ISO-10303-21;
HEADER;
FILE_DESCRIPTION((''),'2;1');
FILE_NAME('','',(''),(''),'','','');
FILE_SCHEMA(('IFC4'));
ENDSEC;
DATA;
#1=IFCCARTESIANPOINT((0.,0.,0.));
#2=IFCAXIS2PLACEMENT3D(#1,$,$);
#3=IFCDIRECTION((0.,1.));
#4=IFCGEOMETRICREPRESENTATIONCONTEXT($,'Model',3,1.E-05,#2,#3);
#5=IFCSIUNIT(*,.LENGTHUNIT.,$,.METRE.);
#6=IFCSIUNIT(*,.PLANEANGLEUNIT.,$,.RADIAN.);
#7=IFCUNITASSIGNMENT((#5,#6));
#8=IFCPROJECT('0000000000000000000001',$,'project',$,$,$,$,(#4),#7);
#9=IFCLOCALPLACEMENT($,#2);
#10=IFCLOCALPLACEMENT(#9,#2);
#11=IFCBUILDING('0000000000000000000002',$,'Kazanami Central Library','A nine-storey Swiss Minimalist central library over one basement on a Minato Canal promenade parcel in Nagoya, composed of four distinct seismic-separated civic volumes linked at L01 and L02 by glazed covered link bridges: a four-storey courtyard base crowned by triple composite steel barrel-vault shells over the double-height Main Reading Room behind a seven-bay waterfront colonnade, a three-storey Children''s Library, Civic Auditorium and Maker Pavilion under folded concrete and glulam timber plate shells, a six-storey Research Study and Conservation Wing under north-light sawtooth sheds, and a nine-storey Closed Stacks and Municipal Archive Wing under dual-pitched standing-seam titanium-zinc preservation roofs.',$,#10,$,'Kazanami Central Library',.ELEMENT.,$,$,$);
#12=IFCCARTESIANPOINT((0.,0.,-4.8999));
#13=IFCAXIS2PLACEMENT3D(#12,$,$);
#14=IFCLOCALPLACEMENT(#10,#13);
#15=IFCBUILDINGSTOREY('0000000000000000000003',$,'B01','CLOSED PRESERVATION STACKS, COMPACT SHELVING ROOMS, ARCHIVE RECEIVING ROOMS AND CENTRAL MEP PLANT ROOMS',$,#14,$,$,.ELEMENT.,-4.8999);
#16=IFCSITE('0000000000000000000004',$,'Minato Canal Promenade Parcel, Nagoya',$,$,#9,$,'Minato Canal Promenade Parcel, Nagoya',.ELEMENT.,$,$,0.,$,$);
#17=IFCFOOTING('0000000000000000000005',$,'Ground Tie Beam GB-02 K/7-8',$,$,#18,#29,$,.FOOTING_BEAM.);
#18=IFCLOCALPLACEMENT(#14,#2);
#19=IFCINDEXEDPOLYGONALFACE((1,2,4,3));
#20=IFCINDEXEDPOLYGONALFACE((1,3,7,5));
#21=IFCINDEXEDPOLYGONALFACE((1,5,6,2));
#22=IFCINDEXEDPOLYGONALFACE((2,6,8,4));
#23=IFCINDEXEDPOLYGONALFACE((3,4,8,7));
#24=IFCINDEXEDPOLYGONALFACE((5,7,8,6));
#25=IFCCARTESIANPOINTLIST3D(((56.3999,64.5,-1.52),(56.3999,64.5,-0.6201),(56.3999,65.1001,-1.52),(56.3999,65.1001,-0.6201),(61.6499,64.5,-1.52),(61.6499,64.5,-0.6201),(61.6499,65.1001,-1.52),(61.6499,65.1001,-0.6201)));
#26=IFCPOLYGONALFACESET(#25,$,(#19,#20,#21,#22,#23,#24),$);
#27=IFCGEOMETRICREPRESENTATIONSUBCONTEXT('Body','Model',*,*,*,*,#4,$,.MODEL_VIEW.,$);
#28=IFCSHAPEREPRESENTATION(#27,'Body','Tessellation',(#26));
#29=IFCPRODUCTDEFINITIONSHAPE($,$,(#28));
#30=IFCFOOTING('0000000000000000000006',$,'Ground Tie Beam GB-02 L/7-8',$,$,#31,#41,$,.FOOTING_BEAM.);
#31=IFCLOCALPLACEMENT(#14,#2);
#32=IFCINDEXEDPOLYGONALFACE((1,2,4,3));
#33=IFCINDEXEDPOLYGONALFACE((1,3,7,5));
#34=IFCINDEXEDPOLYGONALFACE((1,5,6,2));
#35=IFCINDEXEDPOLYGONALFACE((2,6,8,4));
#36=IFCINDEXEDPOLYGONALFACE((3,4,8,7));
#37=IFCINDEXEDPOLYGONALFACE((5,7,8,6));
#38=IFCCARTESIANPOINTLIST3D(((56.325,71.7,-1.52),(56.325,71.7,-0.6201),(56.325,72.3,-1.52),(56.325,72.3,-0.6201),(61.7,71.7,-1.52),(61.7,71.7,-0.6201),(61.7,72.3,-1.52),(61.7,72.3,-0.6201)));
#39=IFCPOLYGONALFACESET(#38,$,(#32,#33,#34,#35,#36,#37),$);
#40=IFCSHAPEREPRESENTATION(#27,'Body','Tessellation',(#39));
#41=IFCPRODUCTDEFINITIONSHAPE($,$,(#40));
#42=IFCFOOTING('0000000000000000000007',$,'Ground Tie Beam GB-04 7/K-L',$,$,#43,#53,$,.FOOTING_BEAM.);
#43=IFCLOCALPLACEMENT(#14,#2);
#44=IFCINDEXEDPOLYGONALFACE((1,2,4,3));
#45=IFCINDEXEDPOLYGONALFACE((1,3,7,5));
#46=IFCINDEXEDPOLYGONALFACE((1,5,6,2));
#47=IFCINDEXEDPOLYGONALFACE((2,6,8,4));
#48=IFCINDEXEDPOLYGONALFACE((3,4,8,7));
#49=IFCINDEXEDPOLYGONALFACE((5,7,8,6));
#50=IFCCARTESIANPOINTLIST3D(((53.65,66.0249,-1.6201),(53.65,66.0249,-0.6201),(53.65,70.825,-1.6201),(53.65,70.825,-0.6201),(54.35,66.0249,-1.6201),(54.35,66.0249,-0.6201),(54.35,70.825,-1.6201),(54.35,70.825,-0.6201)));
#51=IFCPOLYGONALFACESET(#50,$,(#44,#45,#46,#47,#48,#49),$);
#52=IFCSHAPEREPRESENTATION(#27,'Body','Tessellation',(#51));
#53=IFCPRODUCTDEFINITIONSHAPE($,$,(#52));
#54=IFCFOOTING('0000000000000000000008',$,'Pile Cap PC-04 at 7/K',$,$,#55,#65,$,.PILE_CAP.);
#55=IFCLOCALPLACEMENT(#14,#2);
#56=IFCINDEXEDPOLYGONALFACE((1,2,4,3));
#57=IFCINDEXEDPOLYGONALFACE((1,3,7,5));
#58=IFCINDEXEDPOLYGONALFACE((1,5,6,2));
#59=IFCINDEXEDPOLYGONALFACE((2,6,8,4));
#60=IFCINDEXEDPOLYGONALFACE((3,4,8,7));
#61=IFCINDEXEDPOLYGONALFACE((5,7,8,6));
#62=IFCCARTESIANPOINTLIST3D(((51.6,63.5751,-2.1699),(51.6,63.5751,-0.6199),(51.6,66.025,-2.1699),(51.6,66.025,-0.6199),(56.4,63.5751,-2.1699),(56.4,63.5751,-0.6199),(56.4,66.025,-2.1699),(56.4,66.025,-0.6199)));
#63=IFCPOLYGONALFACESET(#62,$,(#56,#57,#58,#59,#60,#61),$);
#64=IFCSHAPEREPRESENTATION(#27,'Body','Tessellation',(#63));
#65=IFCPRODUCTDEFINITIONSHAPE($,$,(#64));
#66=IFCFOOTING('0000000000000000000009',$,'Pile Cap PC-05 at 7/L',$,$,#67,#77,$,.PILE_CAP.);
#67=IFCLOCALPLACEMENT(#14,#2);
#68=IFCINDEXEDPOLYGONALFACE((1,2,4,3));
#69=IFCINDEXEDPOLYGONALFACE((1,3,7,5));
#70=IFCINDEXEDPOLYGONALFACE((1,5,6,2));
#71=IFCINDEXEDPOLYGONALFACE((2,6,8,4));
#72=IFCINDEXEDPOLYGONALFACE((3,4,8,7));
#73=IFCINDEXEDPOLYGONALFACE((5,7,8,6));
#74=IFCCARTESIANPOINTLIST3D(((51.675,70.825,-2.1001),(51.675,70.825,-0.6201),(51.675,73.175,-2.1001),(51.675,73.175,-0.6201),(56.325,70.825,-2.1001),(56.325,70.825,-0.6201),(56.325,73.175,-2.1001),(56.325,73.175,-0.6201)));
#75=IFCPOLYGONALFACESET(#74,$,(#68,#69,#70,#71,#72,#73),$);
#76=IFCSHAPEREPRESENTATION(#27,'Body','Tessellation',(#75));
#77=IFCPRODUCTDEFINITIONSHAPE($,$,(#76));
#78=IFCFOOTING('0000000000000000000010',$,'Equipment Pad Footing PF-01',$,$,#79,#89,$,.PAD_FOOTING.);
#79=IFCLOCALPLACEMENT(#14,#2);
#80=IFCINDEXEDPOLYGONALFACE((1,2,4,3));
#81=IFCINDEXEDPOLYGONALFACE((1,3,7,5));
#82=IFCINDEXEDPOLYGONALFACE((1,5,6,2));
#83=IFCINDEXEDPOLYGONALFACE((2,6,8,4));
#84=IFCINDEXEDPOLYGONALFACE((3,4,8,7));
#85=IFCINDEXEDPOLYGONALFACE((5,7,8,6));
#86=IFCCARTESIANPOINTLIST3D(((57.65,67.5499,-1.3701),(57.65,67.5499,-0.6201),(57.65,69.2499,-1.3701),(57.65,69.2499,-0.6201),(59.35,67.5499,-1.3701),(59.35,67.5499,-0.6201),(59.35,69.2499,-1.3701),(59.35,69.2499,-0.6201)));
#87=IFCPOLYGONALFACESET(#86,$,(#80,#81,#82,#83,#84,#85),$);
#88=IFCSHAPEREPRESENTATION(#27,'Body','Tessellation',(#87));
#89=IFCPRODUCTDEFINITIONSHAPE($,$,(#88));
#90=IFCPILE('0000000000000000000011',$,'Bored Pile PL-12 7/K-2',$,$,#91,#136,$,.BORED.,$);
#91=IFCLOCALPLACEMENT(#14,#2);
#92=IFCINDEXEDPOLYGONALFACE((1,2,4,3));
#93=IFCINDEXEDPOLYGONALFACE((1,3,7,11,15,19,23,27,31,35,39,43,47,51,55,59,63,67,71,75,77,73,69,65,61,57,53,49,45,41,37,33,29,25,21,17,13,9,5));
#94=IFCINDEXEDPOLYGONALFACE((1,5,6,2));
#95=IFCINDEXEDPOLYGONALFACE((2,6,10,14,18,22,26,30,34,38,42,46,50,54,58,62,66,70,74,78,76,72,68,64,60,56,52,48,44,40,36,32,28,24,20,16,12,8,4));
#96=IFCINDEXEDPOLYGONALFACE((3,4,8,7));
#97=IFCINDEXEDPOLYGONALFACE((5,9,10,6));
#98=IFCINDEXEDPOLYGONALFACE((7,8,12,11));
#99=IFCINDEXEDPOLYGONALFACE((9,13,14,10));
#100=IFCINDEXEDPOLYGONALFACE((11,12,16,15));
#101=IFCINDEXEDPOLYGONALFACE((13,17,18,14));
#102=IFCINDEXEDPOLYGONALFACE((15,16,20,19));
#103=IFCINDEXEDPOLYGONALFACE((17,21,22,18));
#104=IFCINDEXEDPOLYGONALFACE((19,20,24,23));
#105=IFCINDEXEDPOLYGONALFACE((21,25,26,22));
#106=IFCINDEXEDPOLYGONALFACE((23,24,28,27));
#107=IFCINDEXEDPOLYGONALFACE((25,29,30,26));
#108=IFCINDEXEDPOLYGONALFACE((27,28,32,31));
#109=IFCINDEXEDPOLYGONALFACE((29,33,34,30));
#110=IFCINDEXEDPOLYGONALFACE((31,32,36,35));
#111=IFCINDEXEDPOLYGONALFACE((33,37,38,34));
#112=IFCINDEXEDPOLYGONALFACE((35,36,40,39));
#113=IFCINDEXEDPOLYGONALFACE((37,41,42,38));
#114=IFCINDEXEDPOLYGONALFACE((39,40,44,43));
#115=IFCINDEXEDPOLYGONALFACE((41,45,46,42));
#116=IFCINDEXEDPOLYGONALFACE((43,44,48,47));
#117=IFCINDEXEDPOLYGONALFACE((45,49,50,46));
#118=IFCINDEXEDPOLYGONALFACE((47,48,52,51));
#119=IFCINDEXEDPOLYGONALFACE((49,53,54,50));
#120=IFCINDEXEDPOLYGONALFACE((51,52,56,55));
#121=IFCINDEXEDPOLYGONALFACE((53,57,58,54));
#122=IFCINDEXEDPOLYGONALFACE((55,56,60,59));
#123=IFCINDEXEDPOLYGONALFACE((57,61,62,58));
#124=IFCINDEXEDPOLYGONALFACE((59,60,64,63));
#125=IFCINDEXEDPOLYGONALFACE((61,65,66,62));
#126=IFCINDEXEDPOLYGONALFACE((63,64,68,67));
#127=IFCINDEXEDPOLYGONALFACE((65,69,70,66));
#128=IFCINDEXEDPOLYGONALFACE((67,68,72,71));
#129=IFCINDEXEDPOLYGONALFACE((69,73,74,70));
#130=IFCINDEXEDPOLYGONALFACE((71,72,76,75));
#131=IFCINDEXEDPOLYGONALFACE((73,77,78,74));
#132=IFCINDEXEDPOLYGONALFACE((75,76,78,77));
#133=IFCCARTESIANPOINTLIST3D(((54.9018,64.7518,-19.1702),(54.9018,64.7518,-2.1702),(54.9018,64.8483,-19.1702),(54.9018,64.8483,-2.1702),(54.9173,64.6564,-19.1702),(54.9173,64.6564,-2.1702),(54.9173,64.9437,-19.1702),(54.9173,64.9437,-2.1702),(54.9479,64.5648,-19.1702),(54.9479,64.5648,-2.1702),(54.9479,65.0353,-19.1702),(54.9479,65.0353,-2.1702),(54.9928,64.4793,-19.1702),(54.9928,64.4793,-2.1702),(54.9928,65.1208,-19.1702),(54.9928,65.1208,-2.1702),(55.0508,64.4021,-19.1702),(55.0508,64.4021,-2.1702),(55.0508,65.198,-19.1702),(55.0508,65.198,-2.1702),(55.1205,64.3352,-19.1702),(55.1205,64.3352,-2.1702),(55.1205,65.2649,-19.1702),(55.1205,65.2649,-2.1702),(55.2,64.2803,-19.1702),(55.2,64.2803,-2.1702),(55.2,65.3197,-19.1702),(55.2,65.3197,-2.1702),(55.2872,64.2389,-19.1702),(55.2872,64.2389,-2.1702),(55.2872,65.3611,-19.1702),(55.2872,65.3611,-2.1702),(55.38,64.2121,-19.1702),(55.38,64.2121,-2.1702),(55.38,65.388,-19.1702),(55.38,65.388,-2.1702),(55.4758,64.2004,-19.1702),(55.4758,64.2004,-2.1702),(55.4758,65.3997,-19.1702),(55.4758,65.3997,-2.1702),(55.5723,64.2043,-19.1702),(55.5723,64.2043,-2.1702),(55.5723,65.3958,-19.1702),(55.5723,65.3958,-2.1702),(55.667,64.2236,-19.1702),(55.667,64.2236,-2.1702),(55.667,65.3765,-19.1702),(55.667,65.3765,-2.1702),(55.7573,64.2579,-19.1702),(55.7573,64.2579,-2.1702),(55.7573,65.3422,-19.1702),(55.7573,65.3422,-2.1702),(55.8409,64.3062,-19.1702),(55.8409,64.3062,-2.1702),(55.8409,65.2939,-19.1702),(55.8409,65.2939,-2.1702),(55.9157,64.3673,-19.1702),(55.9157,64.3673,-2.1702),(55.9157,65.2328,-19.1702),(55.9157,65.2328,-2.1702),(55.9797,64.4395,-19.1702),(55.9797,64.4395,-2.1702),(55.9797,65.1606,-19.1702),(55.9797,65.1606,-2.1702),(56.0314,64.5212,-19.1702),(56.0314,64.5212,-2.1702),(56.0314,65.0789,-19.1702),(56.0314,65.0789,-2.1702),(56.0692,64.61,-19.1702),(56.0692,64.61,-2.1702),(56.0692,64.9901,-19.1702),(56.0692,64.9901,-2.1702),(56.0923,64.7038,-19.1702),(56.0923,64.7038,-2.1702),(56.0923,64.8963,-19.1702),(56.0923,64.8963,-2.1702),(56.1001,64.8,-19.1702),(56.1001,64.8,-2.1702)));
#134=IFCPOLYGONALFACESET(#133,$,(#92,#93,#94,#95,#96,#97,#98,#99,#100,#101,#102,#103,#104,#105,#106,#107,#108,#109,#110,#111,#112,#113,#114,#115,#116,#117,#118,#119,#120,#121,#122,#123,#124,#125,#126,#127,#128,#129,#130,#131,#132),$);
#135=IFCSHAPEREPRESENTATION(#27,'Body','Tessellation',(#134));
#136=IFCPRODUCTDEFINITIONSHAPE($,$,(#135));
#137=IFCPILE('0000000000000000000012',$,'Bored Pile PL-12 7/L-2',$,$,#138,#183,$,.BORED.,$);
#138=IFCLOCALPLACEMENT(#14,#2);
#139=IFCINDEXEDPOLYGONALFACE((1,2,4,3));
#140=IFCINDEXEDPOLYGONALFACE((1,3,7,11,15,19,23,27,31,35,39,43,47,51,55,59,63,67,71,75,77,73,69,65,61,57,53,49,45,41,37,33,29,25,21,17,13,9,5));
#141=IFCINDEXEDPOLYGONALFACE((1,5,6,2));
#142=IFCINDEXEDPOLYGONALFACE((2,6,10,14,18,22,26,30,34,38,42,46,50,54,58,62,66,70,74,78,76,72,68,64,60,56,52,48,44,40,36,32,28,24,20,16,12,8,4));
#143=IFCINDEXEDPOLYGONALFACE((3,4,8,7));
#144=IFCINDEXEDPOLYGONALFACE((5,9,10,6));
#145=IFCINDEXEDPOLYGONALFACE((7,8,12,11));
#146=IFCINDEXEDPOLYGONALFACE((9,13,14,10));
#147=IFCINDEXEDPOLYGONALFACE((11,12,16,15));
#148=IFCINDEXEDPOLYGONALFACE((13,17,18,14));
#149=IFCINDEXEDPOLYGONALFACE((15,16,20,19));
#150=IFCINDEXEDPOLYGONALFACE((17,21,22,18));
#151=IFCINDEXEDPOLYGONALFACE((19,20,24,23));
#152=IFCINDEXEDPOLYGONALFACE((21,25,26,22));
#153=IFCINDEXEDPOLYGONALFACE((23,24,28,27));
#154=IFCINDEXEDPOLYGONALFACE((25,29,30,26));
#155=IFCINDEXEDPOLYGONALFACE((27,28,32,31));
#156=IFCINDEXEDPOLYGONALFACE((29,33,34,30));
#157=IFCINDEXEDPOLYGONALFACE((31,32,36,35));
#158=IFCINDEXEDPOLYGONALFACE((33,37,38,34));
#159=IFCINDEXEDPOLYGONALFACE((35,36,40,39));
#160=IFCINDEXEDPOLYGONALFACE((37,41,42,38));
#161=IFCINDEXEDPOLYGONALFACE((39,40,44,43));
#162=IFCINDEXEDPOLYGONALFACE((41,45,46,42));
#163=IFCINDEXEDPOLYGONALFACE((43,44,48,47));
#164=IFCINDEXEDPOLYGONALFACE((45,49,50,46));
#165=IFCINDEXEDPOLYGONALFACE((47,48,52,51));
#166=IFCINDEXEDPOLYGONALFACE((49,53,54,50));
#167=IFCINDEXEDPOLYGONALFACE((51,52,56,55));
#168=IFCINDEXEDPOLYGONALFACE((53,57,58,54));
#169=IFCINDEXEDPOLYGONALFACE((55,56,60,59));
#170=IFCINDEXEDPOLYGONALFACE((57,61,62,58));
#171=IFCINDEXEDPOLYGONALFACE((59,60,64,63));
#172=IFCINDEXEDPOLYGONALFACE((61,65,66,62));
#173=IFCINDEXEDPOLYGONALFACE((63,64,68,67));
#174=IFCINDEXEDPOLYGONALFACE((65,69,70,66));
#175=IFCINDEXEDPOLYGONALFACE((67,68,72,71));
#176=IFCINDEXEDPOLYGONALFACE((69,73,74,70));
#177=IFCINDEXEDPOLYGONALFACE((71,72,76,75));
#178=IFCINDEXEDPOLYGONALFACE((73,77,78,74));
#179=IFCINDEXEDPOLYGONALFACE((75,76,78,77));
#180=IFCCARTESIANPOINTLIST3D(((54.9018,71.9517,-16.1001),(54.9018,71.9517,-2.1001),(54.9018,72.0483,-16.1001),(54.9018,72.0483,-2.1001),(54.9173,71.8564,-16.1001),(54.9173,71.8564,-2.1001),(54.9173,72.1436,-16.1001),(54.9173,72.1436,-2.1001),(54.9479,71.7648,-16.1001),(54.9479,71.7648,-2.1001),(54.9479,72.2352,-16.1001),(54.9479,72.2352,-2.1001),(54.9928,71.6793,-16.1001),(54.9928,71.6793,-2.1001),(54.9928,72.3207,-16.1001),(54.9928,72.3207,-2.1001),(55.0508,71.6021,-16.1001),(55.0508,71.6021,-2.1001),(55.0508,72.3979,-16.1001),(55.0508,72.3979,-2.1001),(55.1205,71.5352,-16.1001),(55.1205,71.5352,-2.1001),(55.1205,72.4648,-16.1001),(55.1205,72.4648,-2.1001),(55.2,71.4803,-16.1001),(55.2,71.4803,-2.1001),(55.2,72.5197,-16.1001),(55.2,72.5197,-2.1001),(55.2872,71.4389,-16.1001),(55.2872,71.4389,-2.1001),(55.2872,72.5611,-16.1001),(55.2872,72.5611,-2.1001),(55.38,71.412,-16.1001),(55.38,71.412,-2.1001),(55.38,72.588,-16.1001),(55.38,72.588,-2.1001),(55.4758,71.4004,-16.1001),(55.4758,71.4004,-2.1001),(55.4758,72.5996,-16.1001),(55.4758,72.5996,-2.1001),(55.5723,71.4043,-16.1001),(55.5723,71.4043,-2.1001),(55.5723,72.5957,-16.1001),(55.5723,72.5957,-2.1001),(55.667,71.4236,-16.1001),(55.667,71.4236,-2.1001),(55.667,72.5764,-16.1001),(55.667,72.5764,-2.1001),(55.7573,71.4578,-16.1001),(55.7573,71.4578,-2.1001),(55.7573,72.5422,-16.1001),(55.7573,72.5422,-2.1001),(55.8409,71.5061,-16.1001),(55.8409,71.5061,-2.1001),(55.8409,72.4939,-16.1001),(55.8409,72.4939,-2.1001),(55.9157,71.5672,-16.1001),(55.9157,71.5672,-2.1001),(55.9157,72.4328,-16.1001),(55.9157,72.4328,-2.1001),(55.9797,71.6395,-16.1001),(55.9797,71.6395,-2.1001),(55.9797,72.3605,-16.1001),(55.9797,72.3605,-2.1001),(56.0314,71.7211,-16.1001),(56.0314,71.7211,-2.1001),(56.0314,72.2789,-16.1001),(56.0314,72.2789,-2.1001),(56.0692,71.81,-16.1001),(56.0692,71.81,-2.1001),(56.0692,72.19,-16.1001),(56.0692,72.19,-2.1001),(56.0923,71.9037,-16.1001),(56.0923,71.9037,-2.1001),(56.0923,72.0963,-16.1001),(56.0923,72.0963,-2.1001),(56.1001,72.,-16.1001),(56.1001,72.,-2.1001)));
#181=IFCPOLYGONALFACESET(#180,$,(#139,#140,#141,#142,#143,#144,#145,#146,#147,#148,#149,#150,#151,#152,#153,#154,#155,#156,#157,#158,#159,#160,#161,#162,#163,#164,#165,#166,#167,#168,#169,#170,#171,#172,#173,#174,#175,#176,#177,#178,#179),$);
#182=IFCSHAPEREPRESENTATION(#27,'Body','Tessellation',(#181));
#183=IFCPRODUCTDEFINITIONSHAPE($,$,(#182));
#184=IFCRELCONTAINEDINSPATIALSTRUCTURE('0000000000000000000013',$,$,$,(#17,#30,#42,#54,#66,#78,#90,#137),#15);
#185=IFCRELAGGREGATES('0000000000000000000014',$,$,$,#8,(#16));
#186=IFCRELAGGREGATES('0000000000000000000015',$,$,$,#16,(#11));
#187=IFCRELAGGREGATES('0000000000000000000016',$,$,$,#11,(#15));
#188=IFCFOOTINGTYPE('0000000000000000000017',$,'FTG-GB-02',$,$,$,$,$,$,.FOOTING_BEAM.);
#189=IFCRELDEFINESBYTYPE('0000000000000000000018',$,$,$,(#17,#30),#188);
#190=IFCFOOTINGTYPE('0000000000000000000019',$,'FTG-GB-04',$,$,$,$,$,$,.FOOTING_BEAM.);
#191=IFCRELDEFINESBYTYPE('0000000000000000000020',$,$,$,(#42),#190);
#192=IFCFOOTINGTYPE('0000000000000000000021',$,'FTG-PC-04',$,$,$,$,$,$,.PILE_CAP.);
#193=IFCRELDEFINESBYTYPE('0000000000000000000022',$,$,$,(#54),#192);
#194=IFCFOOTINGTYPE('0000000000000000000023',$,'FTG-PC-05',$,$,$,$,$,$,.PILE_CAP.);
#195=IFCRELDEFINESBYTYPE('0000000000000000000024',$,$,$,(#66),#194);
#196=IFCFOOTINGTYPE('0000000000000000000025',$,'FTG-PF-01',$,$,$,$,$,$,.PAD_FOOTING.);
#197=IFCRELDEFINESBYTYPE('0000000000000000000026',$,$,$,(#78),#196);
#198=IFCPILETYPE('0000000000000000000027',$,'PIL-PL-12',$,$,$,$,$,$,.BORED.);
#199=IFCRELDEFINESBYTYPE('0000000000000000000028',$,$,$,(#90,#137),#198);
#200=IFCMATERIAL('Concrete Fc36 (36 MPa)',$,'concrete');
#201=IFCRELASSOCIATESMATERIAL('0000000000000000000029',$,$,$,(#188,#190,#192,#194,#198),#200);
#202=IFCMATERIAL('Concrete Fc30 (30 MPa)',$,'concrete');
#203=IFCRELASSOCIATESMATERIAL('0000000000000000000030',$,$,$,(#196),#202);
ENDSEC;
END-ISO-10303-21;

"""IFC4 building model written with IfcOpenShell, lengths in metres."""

from ifc_helpers import new_model, si_unit, direction, frame, origin, origin_2d, place, context, subcontext, project, spatial, rectangle, circle, extrude, material, material_profile, profile_set, type_object, element, save


model = new_model("IFC4")

# Units and contexts
model_context = context("Model", 3, precision=1e-05, world=origin(), true_north=direction((0.0, 1.0)))
body_context = subcontext(model_context, "Body", "Model", "MODEL_VIEW")
ifc_project = project(units=[si_unit("LENGTHUNIT", "METRE"), si_unit("PLANEANGLEUNIT", "RADIAN")], contexts=[model_context])

# Site, building, storey
site_placement = place(None, origin())
site = spatial("IfcSite", under=ifc_project, at=site_placement, Name="Minato Canal Promenade Parcel, Nagoya", LongName="Minato Canal Promenade Parcel, Nagoya", CompositionType="ELEMENT", RefElevation=0.0)
building_placement = place(site_placement, origin())
building = spatial("IfcBuilding", under=site, at=building_placement, Name="Kazanami Central Library", Description="A nine-storey Swiss Minimalist central library over one basement on a Minato Canal promenade parcel in Nagoya, composed of four distinct seismic-separated civic volumes linked at L01 and L02 by glazed covered link bridges: a four-storey courtyard base crowned by triple composite steel barrel-vault shells over the double-height Main Reading Room behind a seven-bay waterfront colonnade, a three-storey Children's Library, Civic Auditorium and Maker Pavilion under folded concrete and glulam timber plate shells, a six-storey Research Study and Conservation Wing under north-light sawtooth sheds, and a nine-storey Closed Stacks and Municipal Archive Wing under dual-pitched standing-seam titanium-zinc preservation roofs.", LongName="Kazanami Central Library", CompositionType="ELEMENT")
storey_placement = place(building_placement, frame((0.0, 0.0, -4.8999)))
storey = spatial("IfcBuildingStorey", under=building, at=storey_placement, Name="B01", Description="CLOSED PRESERVATION STACKS, COMPACT SHELVING ROOMS, ARCHIVE RECEIVING ROOMS AND CENTRAL MEP PLANT ROOMS", CompositionType="ELEMENT", Elevation=-4.8999)

# Footings
ifc_material_1 = material(Name="Concrete Fc36 (36 MPa)", Category="concrete")
ifc_material_profile_1 = material_profile(ifc_material_1, rectangle(XDim=0.6001, YDim=0.8999, at=origin_2d()), Name="RC-600x900")
ifc_profile_set_1 = profile_set([ifc_material_profile_1], Name="Concrete Fc36 (36 MPa)")
footing_type_1 = type_object("IfcFootingType", Name="FTG-GB-02", PredefinedType="FOOTING_BEAM", material=ifc_profile_set_1)
footing_1_placement = place(storey_placement, frame((56.3999, 64.8, -1.0701), z_axis=(1.0, 0.0, 0.0), x_axis=(0.0, 1.0, 0.0)))
element("IfcFooting", 1, at=footing_1_placement, inside=storey, type_object=footing_type_1, Name="Ground Tie Beam GB-02 K/7-8", PredefinedType="FOOTING_BEAM", context=body_context, shape_type="SweptSolid", body=[
    extrude(rectangle(XDim=0.6001, YDim=0.8999, at=origin_2d()), origin(), (0.0, 0.0, 1.0), 5.25),
])
footing_2_placement = place(storey_placement, frame((56.325, 72.0, -1.0701), z_axis=(1.0, 0.0, 0.0), x_axis=(0.0, 1.0, 0.0)))
element("IfcFooting", 2, at=footing_2_placement, inside=storey, type_object=footing_type_1, Name="Ground Tie Beam GB-02 L/7-8", PredefinedType="FOOTING_BEAM", context=body_context, shape_type="SweptSolid", body=[
    extrude(rectangle(XDim=0.6001, YDim=0.8999, at=origin_2d()), origin(), (0.0, 0.0, 1.0), 5.375),
])
ifc_material_profile_2 = material_profile(ifc_material_1, rectangle(XDim=0.7, YDim=1.0, at=origin_2d()), Name="RC-700x1000")
ifc_profile_set_2 = profile_set([ifc_material_profile_2], Name="Concrete Fc36 (36 MPa)")
footing_type_2 = type_object("IfcFootingType", Name="FTG-GB-04", PredefinedType="FOOTING_BEAM", material=ifc_profile_set_2)
footing_3_placement = place(storey_placement, frame((54.0, 66.0249, -1.1201), z_axis=(0.0, 1.0, 0.0), x_axis=(-1.0, 0.0, 0.0)))
element("IfcFooting", 3, at=footing_3_placement, inside=storey, type_object=footing_type_2, Name="Ground Tie Beam GB-04 7/K-L", PredefinedType="FOOTING_BEAM", context=body_context, shape_type="SweptSolid", body=[
    extrude(rectangle(XDim=0.7, YDim=1.0, at=origin_2d()), origin(), (0.0, 0.0, 1.0), 4.8),
])
footing_type_3 = type_object("IfcFootingType", Name="FTG-PC-04", PredefinedType="PILE_CAP", material=ifc_material_1)
footing_4_placement = place(storey_placement, frame((54.0, 64.8, -2.1699), z_axis=(0.0, 0.0, 1.0), x_axis=(1.0, 0.0, 0.0)))
element("IfcFooting", 4, at=footing_4_placement, inside=storey, type_object=footing_type_3, Name="Pile Cap PC-04 at 7/K", PredefinedType="PILE_CAP", context=body_context, shape_type="SweptSolid", body=[
    extrude(rectangle(XDim=4.8, YDim=2.45, at=origin_2d()), origin(), (0.0, 0.0, 1.0), 1.55),
])
footing_type_4 = type_object("IfcFootingType", Name="FTG-PC-05", PredefinedType="PILE_CAP", material=ifc_material_1)
footing_5_placement = place(storey_placement, frame((54.0, 72.0, -2.1001), z_axis=(0.0, 0.0, 1.0), x_axis=(1.0, 0.0, 0.0)))
element("IfcFooting", 5, at=footing_5_placement, inside=storey, type_object=footing_type_4, Name="Pile Cap PC-05 at 7/L", PredefinedType="PILE_CAP", context=body_context, shape_type="SweptSolid", body=[
    extrude(rectangle(XDim=4.6499, YDim=2.3501, at=origin_2d()), origin(), (0.0, 0.0, 1.0), 1.48),
])
ifc_material_2 = material(Name="Concrete Fc30 (30 MPa)", Category="concrete")
footing_type_5 = type_object("IfcFootingType", Name="FTG-PF-01", PredefinedType="PAD_FOOTING", material=ifc_material_2)
footing_6_placement = place(storey_placement, frame((58.5, 68.3999, -1.3701), z_axis=(0.0, 0.0, 1.0), x_axis=(1.0, 0.0, 0.0)))
element("IfcFooting", 6, at=footing_6_placement, inside=storey, type_object=footing_type_5, Name="Equipment Pad Footing PF-01", PredefinedType="PAD_FOOTING", context=body_context, shape_type="SweptSolid", body=[
    extrude(rectangle(XDim=1.7, YDim=1.7, at=origin_2d()), origin(), (0.0, 0.0, 1.0), 0.75),
])

# Piles
ifc_material_profile_3 = material_profile(ifc_material_1, circle(Radius=0.6001, at=origin_2d()), Name="BORED-D1200")
ifc_profile_set_3 = profile_set([ifc_material_profile_3], Name="Concrete Fc36 (36 MPa)")
pile_type = type_object("IfcPileType", Name="PIL-PL-12", PredefinedType="BORED", material=ifc_profile_set_3)
pile_1_placement = place(storey_placement, frame((55.5, 64.8, -2.1702), z_axis=(0.0, 0.0, -1.0), x_axis=(1.0, 0.0, 0.0)))
element("IfcPile", 7, at=pile_1_placement, inside=storey, type_object=pile_type, Name="Bored Pile PL-12 7/K-2", PredefinedType="BORED", context=body_context, shape_type="SweptSolid", body=[
    extrude(circle(Radius=0.6001, at=origin_2d()), origin(), (0.0, 0.0, 1.0), 17.0),
])
pile_2_placement = place(storey_placement, frame((55.5, 72.0, -2.1001), z_axis=(0.0, 0.0, -1.0), x_axis=(1.0, 0.0, 0.0)))
element("IfcPile", 8, at=pile_2_placement, inside=storey, type_object=pile_type, Name="Bored Pile PL-12 7/L-2", PredefinedType="BORED", context=body_context, shape_type="SweptSolid", body=[
    extrude(circle(Radius=0.6001, at=origin_2d()), origin(), (0.0, 0.0, 1.0), 14.0),
])

save(model, "model.ifc")
